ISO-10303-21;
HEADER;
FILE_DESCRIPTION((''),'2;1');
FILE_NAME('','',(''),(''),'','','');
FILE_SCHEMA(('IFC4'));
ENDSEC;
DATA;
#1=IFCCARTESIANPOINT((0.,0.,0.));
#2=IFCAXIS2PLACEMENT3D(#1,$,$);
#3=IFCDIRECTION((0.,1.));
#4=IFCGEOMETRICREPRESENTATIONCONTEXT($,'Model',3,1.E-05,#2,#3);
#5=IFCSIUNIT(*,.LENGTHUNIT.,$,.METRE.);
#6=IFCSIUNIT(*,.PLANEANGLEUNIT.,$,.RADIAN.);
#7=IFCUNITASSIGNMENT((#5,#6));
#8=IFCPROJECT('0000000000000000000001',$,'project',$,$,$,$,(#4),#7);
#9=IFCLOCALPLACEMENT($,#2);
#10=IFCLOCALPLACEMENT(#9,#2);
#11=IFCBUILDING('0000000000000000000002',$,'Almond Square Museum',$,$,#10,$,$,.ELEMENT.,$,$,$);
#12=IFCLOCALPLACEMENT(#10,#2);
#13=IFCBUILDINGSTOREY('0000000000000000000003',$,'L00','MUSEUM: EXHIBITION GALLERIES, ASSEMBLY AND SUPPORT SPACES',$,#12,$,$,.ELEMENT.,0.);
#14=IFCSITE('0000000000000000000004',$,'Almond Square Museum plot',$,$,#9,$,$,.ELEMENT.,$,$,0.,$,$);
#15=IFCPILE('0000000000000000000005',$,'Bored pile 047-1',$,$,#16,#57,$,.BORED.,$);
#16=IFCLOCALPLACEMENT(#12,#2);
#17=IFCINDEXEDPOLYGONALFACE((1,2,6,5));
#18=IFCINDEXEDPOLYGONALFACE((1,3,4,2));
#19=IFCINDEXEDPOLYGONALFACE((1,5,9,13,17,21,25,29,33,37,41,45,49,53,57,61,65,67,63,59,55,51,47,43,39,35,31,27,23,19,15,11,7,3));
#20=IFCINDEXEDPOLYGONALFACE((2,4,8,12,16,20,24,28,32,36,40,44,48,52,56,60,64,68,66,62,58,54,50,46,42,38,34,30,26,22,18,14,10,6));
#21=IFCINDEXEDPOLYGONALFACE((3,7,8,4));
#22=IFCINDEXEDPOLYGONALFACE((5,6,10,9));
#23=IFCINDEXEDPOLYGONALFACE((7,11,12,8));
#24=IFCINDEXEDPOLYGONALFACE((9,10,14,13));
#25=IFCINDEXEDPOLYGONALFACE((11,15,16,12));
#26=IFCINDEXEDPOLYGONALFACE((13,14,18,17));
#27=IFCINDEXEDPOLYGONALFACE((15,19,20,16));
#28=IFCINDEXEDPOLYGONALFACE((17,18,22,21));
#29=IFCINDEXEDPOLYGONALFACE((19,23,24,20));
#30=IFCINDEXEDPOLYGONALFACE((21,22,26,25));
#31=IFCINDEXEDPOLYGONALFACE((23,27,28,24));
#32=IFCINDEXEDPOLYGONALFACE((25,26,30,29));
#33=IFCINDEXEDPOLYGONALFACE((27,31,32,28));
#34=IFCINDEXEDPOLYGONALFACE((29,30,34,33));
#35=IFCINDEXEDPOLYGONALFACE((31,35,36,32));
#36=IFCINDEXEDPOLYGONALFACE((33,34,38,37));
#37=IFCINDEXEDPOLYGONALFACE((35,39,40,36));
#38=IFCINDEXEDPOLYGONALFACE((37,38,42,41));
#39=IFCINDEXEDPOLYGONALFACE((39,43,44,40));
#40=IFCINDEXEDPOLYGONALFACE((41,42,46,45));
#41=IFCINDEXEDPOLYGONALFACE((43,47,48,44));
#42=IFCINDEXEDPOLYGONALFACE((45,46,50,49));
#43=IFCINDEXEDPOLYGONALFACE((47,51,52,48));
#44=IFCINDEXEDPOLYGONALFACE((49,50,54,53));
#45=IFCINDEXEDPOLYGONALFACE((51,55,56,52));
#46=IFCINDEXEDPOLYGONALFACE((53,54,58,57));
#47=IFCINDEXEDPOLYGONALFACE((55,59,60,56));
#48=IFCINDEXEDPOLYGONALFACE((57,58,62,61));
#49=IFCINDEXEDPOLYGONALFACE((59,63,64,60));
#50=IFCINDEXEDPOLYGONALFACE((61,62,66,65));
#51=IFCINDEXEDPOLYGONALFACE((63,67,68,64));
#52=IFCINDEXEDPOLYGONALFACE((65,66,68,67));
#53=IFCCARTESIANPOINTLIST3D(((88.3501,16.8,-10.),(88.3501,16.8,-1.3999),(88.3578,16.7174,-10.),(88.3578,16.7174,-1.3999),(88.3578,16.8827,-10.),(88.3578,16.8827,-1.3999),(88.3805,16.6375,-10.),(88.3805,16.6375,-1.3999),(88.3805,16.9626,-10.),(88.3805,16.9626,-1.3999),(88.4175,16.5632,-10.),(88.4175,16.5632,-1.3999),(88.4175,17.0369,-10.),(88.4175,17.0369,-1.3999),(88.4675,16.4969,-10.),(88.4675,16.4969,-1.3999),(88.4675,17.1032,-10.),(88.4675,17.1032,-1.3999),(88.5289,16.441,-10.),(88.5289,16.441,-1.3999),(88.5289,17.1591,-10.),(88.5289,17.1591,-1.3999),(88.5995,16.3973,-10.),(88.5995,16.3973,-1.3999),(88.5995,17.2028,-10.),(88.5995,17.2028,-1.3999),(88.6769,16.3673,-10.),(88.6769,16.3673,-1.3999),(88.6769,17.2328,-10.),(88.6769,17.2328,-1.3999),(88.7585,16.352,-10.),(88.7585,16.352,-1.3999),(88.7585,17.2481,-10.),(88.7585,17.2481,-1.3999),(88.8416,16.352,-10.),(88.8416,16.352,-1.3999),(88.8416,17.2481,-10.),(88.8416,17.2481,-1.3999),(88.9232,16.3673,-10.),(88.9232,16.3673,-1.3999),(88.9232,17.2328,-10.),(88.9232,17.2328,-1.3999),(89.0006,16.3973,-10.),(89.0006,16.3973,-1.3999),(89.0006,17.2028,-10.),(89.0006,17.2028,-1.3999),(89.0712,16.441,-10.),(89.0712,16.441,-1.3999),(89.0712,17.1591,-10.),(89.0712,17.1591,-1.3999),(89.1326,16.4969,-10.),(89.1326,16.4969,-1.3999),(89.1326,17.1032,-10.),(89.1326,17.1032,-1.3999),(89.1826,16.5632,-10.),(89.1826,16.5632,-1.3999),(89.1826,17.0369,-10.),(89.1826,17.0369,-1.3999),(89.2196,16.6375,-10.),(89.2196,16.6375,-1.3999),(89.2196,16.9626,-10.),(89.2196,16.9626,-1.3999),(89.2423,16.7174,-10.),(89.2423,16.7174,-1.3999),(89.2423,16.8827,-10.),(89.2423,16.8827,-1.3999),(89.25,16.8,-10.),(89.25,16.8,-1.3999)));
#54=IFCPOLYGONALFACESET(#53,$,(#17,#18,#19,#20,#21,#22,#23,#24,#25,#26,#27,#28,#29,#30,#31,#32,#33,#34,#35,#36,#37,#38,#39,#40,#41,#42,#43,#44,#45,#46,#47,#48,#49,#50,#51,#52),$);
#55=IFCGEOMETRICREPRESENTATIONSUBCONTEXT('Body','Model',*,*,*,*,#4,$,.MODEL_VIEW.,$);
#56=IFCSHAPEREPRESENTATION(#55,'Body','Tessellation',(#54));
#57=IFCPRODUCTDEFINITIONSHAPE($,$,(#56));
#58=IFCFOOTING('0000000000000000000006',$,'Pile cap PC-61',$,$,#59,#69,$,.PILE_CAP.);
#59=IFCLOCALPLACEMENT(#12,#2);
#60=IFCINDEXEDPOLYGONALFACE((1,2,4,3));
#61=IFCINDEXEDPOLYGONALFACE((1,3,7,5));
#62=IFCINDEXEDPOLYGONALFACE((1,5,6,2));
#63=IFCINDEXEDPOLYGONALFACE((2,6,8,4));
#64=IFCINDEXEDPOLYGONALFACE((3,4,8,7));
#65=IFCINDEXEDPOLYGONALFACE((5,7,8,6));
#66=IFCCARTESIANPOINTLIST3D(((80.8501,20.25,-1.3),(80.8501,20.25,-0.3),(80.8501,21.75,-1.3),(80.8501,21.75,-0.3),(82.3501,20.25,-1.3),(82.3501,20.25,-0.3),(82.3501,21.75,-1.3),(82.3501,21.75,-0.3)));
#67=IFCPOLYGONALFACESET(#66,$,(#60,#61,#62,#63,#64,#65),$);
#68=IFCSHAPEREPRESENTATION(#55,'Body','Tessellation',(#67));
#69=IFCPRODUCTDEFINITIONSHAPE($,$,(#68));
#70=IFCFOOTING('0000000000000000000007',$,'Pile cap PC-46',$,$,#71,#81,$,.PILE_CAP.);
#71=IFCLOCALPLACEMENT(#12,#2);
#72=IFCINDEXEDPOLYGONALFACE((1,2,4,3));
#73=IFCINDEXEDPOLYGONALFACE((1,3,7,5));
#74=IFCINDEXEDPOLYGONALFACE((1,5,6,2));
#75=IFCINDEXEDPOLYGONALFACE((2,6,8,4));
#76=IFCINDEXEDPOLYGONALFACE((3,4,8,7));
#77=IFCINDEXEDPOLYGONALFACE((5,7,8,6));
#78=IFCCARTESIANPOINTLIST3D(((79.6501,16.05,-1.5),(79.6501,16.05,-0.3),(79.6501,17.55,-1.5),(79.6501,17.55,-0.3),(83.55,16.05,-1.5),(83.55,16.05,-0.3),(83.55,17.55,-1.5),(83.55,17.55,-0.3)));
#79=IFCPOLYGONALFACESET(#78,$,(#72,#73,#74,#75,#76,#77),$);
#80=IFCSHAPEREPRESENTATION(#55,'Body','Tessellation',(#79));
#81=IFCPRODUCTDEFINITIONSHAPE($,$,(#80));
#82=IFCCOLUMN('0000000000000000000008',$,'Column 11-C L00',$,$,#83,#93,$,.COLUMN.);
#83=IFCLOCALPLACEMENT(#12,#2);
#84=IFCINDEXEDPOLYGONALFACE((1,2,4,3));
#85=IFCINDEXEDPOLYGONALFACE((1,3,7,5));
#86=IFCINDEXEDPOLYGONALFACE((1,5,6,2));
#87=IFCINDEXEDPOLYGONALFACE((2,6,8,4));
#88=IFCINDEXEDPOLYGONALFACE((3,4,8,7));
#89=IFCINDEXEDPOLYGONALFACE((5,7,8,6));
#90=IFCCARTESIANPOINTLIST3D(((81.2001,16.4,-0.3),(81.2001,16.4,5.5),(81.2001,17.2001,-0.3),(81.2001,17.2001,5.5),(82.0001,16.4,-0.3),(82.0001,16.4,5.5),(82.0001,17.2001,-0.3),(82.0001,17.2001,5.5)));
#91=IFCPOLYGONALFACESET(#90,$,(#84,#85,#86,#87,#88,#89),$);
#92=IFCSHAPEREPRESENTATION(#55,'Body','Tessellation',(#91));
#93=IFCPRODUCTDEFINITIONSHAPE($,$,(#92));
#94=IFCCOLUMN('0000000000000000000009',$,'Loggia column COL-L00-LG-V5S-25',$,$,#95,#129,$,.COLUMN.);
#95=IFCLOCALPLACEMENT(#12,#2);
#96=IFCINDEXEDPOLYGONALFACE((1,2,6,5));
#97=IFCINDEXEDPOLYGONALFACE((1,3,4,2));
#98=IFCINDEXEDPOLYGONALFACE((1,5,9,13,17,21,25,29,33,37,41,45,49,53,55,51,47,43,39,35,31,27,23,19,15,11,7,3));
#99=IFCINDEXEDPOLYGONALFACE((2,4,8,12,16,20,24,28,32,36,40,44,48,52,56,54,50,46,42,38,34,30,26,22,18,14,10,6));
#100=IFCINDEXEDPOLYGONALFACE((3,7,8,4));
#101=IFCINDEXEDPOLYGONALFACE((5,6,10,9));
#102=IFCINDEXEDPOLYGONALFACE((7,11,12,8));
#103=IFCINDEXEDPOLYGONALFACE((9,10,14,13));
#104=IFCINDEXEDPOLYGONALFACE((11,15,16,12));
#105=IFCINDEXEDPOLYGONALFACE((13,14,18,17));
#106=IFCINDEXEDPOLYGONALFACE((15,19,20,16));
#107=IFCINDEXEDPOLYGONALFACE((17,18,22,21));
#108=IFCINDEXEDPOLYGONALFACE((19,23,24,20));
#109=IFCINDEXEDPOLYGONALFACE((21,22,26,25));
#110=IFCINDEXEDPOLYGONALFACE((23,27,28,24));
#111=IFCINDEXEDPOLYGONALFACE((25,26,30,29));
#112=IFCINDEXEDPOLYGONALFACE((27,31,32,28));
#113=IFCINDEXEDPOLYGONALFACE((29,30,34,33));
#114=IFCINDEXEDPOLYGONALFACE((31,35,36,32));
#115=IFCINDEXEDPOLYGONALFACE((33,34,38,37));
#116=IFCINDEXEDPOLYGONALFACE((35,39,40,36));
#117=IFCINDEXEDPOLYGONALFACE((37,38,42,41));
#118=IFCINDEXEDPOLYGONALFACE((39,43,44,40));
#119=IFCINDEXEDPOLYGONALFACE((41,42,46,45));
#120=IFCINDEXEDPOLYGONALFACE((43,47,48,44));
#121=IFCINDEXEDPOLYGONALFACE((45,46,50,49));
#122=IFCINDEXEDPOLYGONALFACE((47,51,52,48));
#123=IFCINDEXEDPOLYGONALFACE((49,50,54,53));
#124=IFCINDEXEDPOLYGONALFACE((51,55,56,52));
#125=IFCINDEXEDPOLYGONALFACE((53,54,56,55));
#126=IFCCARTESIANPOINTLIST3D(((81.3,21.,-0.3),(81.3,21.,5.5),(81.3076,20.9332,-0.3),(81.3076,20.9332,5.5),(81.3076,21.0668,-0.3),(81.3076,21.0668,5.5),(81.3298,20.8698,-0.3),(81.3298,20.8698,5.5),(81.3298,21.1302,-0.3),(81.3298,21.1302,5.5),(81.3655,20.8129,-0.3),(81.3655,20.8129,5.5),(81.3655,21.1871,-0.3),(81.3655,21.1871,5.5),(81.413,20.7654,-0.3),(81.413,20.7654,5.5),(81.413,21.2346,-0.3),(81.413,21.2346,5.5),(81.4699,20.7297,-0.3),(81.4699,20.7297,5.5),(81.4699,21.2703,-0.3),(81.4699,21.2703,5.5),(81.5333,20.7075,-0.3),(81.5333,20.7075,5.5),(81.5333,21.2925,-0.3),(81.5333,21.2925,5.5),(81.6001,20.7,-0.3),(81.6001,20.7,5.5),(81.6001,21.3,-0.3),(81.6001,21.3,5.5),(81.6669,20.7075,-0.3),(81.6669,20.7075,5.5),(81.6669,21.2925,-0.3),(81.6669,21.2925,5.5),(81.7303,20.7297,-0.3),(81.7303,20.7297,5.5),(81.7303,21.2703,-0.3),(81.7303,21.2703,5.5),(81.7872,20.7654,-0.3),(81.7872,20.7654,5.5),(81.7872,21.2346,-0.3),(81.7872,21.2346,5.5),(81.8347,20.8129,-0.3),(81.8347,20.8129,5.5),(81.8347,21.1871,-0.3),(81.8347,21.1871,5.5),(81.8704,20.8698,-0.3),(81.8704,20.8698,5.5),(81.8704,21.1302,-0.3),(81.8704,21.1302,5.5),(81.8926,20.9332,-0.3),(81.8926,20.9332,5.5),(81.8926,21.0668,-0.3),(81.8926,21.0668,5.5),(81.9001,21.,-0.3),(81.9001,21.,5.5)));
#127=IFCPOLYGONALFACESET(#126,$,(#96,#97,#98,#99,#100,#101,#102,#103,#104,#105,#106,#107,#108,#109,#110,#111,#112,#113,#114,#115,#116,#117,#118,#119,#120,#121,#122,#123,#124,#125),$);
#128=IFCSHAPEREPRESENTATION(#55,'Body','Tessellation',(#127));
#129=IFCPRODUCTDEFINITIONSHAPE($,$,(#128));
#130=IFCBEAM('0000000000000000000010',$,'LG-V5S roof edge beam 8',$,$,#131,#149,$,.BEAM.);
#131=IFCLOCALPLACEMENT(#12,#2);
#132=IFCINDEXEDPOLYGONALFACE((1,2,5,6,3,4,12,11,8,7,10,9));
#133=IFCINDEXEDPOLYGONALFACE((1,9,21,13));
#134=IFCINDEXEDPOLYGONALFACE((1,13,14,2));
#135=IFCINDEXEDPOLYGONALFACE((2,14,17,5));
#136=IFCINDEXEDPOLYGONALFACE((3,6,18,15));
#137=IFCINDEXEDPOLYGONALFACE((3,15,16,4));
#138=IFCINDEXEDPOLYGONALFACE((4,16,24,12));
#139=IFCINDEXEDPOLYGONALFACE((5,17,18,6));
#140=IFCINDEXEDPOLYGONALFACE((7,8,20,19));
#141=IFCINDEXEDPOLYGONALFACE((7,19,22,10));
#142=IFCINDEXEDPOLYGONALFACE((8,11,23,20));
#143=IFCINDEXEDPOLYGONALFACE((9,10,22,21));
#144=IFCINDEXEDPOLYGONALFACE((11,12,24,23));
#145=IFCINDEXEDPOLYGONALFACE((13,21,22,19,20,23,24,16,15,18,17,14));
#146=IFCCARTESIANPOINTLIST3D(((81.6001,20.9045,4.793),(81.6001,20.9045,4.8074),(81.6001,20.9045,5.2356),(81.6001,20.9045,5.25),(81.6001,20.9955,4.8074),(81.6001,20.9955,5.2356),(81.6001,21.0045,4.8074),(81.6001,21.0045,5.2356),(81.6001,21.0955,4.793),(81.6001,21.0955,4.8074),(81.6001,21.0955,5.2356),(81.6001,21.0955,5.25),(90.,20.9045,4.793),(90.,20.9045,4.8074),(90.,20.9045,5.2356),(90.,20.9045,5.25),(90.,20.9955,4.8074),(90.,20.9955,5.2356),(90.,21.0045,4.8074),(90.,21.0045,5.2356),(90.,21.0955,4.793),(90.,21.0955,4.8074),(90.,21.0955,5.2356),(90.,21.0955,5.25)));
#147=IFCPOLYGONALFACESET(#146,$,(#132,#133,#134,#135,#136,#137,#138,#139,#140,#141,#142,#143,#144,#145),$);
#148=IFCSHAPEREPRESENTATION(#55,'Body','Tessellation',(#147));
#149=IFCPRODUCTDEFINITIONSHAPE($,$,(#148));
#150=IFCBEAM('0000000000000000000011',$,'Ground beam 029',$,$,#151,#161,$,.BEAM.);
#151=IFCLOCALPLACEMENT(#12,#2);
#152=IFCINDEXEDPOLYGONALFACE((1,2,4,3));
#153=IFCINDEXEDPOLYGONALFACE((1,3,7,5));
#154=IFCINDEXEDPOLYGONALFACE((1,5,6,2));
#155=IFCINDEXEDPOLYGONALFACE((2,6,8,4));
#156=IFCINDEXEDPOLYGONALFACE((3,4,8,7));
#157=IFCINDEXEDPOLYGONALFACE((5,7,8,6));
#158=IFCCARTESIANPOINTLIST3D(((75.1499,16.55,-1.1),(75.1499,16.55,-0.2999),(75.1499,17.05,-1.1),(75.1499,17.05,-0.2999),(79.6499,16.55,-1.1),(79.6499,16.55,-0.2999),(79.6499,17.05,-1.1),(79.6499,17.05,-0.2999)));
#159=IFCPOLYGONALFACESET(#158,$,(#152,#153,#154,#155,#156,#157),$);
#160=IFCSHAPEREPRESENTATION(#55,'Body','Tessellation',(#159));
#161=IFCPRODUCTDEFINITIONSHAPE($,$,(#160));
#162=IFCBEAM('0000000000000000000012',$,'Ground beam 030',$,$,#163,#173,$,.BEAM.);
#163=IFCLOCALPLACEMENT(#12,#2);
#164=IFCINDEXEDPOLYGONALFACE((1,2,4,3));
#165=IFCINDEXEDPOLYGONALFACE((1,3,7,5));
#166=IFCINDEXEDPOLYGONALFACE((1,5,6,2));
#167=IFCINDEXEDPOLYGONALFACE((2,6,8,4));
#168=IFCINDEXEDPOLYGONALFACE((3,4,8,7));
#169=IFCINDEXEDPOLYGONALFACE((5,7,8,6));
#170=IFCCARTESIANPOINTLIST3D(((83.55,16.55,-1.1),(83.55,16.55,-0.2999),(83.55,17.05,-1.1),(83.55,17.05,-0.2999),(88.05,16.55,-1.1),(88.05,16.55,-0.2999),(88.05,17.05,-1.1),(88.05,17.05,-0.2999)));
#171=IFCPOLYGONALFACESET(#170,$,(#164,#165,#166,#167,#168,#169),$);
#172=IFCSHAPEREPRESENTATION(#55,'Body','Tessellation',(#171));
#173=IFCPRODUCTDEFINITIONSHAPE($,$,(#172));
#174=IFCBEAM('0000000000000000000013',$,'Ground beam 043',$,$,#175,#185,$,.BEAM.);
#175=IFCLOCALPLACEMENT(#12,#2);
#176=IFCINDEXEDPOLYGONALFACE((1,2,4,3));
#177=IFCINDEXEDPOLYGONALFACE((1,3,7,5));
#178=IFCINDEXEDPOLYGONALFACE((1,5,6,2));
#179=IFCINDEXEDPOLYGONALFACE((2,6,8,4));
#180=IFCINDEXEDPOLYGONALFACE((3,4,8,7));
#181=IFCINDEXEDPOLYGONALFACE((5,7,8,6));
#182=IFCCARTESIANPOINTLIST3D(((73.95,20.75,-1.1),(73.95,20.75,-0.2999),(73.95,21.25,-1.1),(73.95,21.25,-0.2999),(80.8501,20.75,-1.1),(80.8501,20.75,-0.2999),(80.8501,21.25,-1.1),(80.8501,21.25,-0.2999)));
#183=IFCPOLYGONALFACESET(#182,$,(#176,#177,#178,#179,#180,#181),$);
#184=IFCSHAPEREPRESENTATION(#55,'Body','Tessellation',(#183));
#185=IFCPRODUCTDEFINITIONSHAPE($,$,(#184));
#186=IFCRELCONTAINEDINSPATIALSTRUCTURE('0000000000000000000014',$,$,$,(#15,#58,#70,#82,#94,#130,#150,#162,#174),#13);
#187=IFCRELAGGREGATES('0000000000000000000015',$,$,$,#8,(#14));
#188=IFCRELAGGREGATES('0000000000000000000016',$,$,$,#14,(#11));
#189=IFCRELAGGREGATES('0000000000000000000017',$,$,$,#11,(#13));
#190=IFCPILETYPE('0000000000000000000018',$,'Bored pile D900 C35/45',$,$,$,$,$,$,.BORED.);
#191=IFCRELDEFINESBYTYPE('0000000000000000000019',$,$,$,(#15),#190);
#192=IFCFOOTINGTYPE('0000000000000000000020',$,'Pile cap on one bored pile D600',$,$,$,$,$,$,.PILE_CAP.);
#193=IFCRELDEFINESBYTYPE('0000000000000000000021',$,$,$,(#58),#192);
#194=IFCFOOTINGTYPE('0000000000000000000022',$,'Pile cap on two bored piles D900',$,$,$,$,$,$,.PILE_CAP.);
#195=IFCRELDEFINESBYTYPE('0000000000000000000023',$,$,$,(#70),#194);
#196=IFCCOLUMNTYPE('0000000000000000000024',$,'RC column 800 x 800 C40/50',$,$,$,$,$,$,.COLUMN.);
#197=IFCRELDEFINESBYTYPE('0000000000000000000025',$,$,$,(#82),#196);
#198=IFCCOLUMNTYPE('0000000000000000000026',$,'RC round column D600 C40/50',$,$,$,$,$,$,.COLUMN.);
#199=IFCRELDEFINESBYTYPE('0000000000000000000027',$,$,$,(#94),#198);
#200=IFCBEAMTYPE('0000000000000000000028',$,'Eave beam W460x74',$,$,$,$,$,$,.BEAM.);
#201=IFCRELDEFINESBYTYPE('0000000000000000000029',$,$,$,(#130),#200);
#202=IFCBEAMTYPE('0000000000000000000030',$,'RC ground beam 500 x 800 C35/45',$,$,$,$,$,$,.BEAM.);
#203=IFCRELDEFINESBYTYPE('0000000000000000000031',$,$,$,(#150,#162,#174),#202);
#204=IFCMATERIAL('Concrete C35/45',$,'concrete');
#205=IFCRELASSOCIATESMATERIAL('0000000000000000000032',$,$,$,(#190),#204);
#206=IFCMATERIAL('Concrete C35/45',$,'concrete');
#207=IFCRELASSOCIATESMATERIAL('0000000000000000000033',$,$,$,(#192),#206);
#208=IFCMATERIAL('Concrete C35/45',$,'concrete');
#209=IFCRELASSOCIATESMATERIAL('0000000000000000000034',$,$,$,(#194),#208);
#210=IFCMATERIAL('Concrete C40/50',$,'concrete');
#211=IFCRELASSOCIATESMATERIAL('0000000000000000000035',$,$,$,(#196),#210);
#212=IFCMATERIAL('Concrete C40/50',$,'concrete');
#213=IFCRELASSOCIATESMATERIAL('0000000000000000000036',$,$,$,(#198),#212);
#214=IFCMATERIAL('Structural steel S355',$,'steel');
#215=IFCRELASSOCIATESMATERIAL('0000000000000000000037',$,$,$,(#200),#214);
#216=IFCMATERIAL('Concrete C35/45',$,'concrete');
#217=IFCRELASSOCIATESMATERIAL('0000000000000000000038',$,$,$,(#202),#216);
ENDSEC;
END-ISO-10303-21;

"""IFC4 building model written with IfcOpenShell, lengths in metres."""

from ifc_helpers import new_model, si_unit, direction, frame, origin, origin_2d, place, context, subcontext, project, spatial, rectangle, circle, i_section, extrude, material, material_profile, profile_set, type_object, element, save


model = new_model("IFC4")

# Units and contexts
model_context = context("Model", 3, precision=1e-05, world=origin(), true_north=direction((0.0, 1.0)))
body_context = subcontext(model_context, "Body", "Model", "MODEL_VIEW")
ifc_project = project(units=[si_unit("LENGTHUNIT", "METRE"), si_unit("PLANEANGLEUNIT", "RADIAN")], contexts=[model_context])

# Site, building, storey
site_placement = place(None, origin())
site = spatial("IfcSite", under=ifc_project, at=site_placement, Name="Almond Square Museum plot", CompositionType="ELEMENT", RefElevation=0.0)
building_placement = place(site_placement, origin())
building = spatial("IfcBuilding", under=site, at=building_placement, Name="Almond Square Museum", CompositionType="ELEMENT")
storey_placement = place(building_placement, origin())
storey = spatial("IfcBuildingStorey", under=building, at=storey_placement, Name="L00", Description="MUSEUM: EXHIBITION GALLERIES, ASSEMBLY AND SUPPORT SPACES", CompositionType="ELEMENT", Elevation=0.0)

# Pile
ifc_material_1 = material(Name="Concrete C35/45", Category="concrete")
ifc_material_profile_1 = material_profile(ifc_material_1, circle(Radius=0.45, at=origin_2d()))
ifc_profile_set_1 = profile_set([ifc_material_profile_1], Name="Concrete C35/45")
pile_type_1 = type_object("IfcPileType", Name="Bored pile D900 C35/45", PredefinedType="BORED", material=ifc_profile_set_1)
for number, where, z_axis, x_axis, name in (
    (1, (88.8, 16.8, -1.3999), (0.0, 0.0, -1.0), (1.0, 0.0, 0.0), "Bored pile 047-1"),
):
    element("IfcPile", number, at=place(storey_placement, frame(where, z_axis=z_axis, x_axis=x_axis)), inside=storey, type_object=pile_type_1, Name=name, PredefinedType="BORED", context=body_context, shape_type="SweptSolid", body=[
        extrude(circle(Radius=0.45, at=origin_2d()), origin(), (0.0, 0.0, 1.0), 8.6001),
    ])

# Footings
ifc_material_2 = material(Name="Concrete C35/45", Category="concrete")
footing_type_1 = type_object("IfcFootingType", Name="Pile cap on one bored pile D600", PredefinedType="PILE_CAP", material=ifc_material_2)
footing_1_placement = place(storey_placement, frame((81.6001, 21.0, -1.3), z_axis=(0.0, 0.0, 1.0), x_axis=(1.0, 0.0, 0.0)))
element("IfcFooting", 2, at=footing_1_placement, inside=storey, type_object=footing_type_1, Name="Pile cap PC-61", PredefinedType="PILE_CAP", context=body_context, shape_type="SweptSolid", body=[
    extrude(rectangle(XDim=1.5, YDim=1.5, at=origin_2d()), origin(), (0.0, 0.0, 1.0), 1.0),
])
ifc_material_3 = material(Name="Concrete C35/45", Category="concrete")
footing_type_2 = type_object("IfcFootingType", Name="Pile cap on two bored piles D900", PredefinedType="PILE_CAP", material=ifc_material_3)
footing_2_placement = place(storey_placement, frame((81.6001, 16.8, -1.5), z_axis=(0.0, 0.0, 1.0), x_axis=(1.0, 0.0, 0.0)))
element("IfcFooting", 3, at=footing_2_placement, inside=storey, type_object=footing_type_2, Name="Pile cap PC-46", PredefinedType="PILE_CAP", context=body_context, shape_type="SweptSolid", body=[
    extrude(rectangle(XDim=3.8999, YDim=1.5, at=origin_2d()), origin(), (0.0, 0.0, 1.0), 1.2),
])

# Columns
ifc_material_4 = material(Name="Concrete C40/50", Category="concrete")
ifc_material_profile_2 = material_profile(ifc_material_4, rectangle(XDim=0.8, YDim=0.8, at=origin_2d()))
ifc_profile_set_2 = profile_set([ifc_material_profile_2], Name="Concrete C40/50")
column_type_1 = type_object("IfcColumnType", Name="RC column 800 x 800 C40/50", PredefinedType="COLUMN", material=ifc_profile_set_2)
column_1_placement = place(storey_placement, frame((81.6001, 16.8, -0.3), z_axis=(0.0, 0.0, 1.0), x_axis=(1.0, 0.0, 0.0)))
element("IfcColumn", 4, at=column_1_placement, inside=storey, type_object=column_type_1, Name="Column 11-C L00", PredefinedType="COLUMN", context=body_context, shape_type="SweptSolid", body=[
    extrude(rectangle(XDim=0.8, YDim=0.8, at=origin_2d()), origin(), (0.0, 0.0, 1.0), 5.8),
])
ifc_material_5 = material(Name="Concrete C40/50", Category="concrete")
ifc_material_profile_3 = material_profile(ifc_material_5, circle(Radius=0.3, at=origin_2d()))
ifc_profile_set_3 = profile_set([ifc_material_profile_3], Name="Concrete C40/50")
column_type_2 = type_object("IfcColumnType", Name="RC round column D600 C40/50", PredefinedType="COLUMN", material=ifc_profile_set_3)
column_2_placement = place(storey_placement, frame((81.6001, 21.0, -0.3), z_axis=(0.0, 0.0, 1.0), x_axis=(1.0, 0.0, 0.0)))
element("IfcColumn", 5, at=column_2_placement, inside=storey, type_object=column_type_2, Name="Loggia column COL-L00-LG-V5S-25", PredefinedType="COLUMN", context=body_context, shape_type="SweptSolid", body=[
    extrude(circle(Radius=0.3, at=origin_2d()), origin(), (0.0, 0.0, 1.0), 5.8),
])

# Beams
ifc_material_6 = material(Name="Structural steel S355", Category="steel")
ifc_material_profile_4 = material_profile(ifc_material_6, i_section(OverallWidth=0.1909, OverallDepth=0.457, WebThickness=0.009, FlangeThickness=0.0144, at=origin_2d()))
ifc_profile_set_4 = profile_set([ifc_material_profile_4], Name="Structural steel S355")
beam_type_1 = type_object("IfcBeamType", Name="Eave beam W460x74", PredefinedType="BEAM", material=ifc_profile_set_4)
beam_1_placement = place(storey_placement, frame((81.6001, 21.0, 5.0215), z_axis=(1.0, 0.0, 0.0), x_axis=(0.0, 1.0, 0.0)))
element("IfcBeam", 6, at=beam_1_placement, inside=storey, type_object=beam_type_1, Name="LG-V5S roof edge beam 8", PredefinedType="BEAM", context=body_context, shape_type="SweptSolid", body=[
    extrude(i_section(OverallWidth=0.1909, OverallDepth=0.457, WebThickness=0.009, FlangeThickness=0.0144, at=origin_2d()), origin(), (0.0, 0.0, 1.0), 8.3999),
])
ifc_material_7 = material(Name="Concrete C35/45", Category="concrete")
ifc_material_profile_5 = material_profile(ifc_material_7, rectangle(XDim=0.5, YDim=0.8, at=origin_2d()))
ifc_profile_set_5 = profile_set([ifc_material_profile_5], Name="Concrete C35/45")
beam_type_2 = type_object("IfcBeamType", Name="RC ground beam 500 x 800 C35/45", PredefinedType="BEAM", material=ifc_profile_set_5)
for number, where, z_axis, x_axis, name in (
    (7, (75.1499, 16.8, -0.7), (1.0, 0.0, 0.0), (0.0, 1.0, 0.0), "Ground beam 029"),
    (8, (83.55, 16.8, -0.7), (1.0, 0.0, 0.0), (0.0, 1.0, 0.0), "Ground beam 030"),
):
    element("IfcBeam", number, at=place(storey_placement, frame(where, z_axis=z_axis, x_axis=x_axis)), inside=storey, type_object=beam_type_2, Name=name, PredefinedType="BEAM", context=body_context, shape_type="SweptSolid", body=[
        extrude(rectangle(XDim=0.5, YDim=0.8, at=origin_2d()), origin(), (0.0, 0.0, 1.0), 4.5),
    ])
beam_2_placement = place(storey_placement, frame((73.95, 21.0, -0.7), z_axis=(1.0, 0.0, 0.0), x_axis=(0.0, 1.0, 0.0)))
element("IfcBeam", 9, at=beam_2_placement, inside=storey, type_object=beam_type_2, Name="Ground beam 043", PredefinedType="BEAM", context=body_context, shape_type="SweptSolid", body=[
    extrude(rectangle(XDim=0.5, YDim=0.8, at=origin_2d()), origin(), (0.0, 0.0, 1.0), 6.9001),
])

save(model, "model.ifc")
